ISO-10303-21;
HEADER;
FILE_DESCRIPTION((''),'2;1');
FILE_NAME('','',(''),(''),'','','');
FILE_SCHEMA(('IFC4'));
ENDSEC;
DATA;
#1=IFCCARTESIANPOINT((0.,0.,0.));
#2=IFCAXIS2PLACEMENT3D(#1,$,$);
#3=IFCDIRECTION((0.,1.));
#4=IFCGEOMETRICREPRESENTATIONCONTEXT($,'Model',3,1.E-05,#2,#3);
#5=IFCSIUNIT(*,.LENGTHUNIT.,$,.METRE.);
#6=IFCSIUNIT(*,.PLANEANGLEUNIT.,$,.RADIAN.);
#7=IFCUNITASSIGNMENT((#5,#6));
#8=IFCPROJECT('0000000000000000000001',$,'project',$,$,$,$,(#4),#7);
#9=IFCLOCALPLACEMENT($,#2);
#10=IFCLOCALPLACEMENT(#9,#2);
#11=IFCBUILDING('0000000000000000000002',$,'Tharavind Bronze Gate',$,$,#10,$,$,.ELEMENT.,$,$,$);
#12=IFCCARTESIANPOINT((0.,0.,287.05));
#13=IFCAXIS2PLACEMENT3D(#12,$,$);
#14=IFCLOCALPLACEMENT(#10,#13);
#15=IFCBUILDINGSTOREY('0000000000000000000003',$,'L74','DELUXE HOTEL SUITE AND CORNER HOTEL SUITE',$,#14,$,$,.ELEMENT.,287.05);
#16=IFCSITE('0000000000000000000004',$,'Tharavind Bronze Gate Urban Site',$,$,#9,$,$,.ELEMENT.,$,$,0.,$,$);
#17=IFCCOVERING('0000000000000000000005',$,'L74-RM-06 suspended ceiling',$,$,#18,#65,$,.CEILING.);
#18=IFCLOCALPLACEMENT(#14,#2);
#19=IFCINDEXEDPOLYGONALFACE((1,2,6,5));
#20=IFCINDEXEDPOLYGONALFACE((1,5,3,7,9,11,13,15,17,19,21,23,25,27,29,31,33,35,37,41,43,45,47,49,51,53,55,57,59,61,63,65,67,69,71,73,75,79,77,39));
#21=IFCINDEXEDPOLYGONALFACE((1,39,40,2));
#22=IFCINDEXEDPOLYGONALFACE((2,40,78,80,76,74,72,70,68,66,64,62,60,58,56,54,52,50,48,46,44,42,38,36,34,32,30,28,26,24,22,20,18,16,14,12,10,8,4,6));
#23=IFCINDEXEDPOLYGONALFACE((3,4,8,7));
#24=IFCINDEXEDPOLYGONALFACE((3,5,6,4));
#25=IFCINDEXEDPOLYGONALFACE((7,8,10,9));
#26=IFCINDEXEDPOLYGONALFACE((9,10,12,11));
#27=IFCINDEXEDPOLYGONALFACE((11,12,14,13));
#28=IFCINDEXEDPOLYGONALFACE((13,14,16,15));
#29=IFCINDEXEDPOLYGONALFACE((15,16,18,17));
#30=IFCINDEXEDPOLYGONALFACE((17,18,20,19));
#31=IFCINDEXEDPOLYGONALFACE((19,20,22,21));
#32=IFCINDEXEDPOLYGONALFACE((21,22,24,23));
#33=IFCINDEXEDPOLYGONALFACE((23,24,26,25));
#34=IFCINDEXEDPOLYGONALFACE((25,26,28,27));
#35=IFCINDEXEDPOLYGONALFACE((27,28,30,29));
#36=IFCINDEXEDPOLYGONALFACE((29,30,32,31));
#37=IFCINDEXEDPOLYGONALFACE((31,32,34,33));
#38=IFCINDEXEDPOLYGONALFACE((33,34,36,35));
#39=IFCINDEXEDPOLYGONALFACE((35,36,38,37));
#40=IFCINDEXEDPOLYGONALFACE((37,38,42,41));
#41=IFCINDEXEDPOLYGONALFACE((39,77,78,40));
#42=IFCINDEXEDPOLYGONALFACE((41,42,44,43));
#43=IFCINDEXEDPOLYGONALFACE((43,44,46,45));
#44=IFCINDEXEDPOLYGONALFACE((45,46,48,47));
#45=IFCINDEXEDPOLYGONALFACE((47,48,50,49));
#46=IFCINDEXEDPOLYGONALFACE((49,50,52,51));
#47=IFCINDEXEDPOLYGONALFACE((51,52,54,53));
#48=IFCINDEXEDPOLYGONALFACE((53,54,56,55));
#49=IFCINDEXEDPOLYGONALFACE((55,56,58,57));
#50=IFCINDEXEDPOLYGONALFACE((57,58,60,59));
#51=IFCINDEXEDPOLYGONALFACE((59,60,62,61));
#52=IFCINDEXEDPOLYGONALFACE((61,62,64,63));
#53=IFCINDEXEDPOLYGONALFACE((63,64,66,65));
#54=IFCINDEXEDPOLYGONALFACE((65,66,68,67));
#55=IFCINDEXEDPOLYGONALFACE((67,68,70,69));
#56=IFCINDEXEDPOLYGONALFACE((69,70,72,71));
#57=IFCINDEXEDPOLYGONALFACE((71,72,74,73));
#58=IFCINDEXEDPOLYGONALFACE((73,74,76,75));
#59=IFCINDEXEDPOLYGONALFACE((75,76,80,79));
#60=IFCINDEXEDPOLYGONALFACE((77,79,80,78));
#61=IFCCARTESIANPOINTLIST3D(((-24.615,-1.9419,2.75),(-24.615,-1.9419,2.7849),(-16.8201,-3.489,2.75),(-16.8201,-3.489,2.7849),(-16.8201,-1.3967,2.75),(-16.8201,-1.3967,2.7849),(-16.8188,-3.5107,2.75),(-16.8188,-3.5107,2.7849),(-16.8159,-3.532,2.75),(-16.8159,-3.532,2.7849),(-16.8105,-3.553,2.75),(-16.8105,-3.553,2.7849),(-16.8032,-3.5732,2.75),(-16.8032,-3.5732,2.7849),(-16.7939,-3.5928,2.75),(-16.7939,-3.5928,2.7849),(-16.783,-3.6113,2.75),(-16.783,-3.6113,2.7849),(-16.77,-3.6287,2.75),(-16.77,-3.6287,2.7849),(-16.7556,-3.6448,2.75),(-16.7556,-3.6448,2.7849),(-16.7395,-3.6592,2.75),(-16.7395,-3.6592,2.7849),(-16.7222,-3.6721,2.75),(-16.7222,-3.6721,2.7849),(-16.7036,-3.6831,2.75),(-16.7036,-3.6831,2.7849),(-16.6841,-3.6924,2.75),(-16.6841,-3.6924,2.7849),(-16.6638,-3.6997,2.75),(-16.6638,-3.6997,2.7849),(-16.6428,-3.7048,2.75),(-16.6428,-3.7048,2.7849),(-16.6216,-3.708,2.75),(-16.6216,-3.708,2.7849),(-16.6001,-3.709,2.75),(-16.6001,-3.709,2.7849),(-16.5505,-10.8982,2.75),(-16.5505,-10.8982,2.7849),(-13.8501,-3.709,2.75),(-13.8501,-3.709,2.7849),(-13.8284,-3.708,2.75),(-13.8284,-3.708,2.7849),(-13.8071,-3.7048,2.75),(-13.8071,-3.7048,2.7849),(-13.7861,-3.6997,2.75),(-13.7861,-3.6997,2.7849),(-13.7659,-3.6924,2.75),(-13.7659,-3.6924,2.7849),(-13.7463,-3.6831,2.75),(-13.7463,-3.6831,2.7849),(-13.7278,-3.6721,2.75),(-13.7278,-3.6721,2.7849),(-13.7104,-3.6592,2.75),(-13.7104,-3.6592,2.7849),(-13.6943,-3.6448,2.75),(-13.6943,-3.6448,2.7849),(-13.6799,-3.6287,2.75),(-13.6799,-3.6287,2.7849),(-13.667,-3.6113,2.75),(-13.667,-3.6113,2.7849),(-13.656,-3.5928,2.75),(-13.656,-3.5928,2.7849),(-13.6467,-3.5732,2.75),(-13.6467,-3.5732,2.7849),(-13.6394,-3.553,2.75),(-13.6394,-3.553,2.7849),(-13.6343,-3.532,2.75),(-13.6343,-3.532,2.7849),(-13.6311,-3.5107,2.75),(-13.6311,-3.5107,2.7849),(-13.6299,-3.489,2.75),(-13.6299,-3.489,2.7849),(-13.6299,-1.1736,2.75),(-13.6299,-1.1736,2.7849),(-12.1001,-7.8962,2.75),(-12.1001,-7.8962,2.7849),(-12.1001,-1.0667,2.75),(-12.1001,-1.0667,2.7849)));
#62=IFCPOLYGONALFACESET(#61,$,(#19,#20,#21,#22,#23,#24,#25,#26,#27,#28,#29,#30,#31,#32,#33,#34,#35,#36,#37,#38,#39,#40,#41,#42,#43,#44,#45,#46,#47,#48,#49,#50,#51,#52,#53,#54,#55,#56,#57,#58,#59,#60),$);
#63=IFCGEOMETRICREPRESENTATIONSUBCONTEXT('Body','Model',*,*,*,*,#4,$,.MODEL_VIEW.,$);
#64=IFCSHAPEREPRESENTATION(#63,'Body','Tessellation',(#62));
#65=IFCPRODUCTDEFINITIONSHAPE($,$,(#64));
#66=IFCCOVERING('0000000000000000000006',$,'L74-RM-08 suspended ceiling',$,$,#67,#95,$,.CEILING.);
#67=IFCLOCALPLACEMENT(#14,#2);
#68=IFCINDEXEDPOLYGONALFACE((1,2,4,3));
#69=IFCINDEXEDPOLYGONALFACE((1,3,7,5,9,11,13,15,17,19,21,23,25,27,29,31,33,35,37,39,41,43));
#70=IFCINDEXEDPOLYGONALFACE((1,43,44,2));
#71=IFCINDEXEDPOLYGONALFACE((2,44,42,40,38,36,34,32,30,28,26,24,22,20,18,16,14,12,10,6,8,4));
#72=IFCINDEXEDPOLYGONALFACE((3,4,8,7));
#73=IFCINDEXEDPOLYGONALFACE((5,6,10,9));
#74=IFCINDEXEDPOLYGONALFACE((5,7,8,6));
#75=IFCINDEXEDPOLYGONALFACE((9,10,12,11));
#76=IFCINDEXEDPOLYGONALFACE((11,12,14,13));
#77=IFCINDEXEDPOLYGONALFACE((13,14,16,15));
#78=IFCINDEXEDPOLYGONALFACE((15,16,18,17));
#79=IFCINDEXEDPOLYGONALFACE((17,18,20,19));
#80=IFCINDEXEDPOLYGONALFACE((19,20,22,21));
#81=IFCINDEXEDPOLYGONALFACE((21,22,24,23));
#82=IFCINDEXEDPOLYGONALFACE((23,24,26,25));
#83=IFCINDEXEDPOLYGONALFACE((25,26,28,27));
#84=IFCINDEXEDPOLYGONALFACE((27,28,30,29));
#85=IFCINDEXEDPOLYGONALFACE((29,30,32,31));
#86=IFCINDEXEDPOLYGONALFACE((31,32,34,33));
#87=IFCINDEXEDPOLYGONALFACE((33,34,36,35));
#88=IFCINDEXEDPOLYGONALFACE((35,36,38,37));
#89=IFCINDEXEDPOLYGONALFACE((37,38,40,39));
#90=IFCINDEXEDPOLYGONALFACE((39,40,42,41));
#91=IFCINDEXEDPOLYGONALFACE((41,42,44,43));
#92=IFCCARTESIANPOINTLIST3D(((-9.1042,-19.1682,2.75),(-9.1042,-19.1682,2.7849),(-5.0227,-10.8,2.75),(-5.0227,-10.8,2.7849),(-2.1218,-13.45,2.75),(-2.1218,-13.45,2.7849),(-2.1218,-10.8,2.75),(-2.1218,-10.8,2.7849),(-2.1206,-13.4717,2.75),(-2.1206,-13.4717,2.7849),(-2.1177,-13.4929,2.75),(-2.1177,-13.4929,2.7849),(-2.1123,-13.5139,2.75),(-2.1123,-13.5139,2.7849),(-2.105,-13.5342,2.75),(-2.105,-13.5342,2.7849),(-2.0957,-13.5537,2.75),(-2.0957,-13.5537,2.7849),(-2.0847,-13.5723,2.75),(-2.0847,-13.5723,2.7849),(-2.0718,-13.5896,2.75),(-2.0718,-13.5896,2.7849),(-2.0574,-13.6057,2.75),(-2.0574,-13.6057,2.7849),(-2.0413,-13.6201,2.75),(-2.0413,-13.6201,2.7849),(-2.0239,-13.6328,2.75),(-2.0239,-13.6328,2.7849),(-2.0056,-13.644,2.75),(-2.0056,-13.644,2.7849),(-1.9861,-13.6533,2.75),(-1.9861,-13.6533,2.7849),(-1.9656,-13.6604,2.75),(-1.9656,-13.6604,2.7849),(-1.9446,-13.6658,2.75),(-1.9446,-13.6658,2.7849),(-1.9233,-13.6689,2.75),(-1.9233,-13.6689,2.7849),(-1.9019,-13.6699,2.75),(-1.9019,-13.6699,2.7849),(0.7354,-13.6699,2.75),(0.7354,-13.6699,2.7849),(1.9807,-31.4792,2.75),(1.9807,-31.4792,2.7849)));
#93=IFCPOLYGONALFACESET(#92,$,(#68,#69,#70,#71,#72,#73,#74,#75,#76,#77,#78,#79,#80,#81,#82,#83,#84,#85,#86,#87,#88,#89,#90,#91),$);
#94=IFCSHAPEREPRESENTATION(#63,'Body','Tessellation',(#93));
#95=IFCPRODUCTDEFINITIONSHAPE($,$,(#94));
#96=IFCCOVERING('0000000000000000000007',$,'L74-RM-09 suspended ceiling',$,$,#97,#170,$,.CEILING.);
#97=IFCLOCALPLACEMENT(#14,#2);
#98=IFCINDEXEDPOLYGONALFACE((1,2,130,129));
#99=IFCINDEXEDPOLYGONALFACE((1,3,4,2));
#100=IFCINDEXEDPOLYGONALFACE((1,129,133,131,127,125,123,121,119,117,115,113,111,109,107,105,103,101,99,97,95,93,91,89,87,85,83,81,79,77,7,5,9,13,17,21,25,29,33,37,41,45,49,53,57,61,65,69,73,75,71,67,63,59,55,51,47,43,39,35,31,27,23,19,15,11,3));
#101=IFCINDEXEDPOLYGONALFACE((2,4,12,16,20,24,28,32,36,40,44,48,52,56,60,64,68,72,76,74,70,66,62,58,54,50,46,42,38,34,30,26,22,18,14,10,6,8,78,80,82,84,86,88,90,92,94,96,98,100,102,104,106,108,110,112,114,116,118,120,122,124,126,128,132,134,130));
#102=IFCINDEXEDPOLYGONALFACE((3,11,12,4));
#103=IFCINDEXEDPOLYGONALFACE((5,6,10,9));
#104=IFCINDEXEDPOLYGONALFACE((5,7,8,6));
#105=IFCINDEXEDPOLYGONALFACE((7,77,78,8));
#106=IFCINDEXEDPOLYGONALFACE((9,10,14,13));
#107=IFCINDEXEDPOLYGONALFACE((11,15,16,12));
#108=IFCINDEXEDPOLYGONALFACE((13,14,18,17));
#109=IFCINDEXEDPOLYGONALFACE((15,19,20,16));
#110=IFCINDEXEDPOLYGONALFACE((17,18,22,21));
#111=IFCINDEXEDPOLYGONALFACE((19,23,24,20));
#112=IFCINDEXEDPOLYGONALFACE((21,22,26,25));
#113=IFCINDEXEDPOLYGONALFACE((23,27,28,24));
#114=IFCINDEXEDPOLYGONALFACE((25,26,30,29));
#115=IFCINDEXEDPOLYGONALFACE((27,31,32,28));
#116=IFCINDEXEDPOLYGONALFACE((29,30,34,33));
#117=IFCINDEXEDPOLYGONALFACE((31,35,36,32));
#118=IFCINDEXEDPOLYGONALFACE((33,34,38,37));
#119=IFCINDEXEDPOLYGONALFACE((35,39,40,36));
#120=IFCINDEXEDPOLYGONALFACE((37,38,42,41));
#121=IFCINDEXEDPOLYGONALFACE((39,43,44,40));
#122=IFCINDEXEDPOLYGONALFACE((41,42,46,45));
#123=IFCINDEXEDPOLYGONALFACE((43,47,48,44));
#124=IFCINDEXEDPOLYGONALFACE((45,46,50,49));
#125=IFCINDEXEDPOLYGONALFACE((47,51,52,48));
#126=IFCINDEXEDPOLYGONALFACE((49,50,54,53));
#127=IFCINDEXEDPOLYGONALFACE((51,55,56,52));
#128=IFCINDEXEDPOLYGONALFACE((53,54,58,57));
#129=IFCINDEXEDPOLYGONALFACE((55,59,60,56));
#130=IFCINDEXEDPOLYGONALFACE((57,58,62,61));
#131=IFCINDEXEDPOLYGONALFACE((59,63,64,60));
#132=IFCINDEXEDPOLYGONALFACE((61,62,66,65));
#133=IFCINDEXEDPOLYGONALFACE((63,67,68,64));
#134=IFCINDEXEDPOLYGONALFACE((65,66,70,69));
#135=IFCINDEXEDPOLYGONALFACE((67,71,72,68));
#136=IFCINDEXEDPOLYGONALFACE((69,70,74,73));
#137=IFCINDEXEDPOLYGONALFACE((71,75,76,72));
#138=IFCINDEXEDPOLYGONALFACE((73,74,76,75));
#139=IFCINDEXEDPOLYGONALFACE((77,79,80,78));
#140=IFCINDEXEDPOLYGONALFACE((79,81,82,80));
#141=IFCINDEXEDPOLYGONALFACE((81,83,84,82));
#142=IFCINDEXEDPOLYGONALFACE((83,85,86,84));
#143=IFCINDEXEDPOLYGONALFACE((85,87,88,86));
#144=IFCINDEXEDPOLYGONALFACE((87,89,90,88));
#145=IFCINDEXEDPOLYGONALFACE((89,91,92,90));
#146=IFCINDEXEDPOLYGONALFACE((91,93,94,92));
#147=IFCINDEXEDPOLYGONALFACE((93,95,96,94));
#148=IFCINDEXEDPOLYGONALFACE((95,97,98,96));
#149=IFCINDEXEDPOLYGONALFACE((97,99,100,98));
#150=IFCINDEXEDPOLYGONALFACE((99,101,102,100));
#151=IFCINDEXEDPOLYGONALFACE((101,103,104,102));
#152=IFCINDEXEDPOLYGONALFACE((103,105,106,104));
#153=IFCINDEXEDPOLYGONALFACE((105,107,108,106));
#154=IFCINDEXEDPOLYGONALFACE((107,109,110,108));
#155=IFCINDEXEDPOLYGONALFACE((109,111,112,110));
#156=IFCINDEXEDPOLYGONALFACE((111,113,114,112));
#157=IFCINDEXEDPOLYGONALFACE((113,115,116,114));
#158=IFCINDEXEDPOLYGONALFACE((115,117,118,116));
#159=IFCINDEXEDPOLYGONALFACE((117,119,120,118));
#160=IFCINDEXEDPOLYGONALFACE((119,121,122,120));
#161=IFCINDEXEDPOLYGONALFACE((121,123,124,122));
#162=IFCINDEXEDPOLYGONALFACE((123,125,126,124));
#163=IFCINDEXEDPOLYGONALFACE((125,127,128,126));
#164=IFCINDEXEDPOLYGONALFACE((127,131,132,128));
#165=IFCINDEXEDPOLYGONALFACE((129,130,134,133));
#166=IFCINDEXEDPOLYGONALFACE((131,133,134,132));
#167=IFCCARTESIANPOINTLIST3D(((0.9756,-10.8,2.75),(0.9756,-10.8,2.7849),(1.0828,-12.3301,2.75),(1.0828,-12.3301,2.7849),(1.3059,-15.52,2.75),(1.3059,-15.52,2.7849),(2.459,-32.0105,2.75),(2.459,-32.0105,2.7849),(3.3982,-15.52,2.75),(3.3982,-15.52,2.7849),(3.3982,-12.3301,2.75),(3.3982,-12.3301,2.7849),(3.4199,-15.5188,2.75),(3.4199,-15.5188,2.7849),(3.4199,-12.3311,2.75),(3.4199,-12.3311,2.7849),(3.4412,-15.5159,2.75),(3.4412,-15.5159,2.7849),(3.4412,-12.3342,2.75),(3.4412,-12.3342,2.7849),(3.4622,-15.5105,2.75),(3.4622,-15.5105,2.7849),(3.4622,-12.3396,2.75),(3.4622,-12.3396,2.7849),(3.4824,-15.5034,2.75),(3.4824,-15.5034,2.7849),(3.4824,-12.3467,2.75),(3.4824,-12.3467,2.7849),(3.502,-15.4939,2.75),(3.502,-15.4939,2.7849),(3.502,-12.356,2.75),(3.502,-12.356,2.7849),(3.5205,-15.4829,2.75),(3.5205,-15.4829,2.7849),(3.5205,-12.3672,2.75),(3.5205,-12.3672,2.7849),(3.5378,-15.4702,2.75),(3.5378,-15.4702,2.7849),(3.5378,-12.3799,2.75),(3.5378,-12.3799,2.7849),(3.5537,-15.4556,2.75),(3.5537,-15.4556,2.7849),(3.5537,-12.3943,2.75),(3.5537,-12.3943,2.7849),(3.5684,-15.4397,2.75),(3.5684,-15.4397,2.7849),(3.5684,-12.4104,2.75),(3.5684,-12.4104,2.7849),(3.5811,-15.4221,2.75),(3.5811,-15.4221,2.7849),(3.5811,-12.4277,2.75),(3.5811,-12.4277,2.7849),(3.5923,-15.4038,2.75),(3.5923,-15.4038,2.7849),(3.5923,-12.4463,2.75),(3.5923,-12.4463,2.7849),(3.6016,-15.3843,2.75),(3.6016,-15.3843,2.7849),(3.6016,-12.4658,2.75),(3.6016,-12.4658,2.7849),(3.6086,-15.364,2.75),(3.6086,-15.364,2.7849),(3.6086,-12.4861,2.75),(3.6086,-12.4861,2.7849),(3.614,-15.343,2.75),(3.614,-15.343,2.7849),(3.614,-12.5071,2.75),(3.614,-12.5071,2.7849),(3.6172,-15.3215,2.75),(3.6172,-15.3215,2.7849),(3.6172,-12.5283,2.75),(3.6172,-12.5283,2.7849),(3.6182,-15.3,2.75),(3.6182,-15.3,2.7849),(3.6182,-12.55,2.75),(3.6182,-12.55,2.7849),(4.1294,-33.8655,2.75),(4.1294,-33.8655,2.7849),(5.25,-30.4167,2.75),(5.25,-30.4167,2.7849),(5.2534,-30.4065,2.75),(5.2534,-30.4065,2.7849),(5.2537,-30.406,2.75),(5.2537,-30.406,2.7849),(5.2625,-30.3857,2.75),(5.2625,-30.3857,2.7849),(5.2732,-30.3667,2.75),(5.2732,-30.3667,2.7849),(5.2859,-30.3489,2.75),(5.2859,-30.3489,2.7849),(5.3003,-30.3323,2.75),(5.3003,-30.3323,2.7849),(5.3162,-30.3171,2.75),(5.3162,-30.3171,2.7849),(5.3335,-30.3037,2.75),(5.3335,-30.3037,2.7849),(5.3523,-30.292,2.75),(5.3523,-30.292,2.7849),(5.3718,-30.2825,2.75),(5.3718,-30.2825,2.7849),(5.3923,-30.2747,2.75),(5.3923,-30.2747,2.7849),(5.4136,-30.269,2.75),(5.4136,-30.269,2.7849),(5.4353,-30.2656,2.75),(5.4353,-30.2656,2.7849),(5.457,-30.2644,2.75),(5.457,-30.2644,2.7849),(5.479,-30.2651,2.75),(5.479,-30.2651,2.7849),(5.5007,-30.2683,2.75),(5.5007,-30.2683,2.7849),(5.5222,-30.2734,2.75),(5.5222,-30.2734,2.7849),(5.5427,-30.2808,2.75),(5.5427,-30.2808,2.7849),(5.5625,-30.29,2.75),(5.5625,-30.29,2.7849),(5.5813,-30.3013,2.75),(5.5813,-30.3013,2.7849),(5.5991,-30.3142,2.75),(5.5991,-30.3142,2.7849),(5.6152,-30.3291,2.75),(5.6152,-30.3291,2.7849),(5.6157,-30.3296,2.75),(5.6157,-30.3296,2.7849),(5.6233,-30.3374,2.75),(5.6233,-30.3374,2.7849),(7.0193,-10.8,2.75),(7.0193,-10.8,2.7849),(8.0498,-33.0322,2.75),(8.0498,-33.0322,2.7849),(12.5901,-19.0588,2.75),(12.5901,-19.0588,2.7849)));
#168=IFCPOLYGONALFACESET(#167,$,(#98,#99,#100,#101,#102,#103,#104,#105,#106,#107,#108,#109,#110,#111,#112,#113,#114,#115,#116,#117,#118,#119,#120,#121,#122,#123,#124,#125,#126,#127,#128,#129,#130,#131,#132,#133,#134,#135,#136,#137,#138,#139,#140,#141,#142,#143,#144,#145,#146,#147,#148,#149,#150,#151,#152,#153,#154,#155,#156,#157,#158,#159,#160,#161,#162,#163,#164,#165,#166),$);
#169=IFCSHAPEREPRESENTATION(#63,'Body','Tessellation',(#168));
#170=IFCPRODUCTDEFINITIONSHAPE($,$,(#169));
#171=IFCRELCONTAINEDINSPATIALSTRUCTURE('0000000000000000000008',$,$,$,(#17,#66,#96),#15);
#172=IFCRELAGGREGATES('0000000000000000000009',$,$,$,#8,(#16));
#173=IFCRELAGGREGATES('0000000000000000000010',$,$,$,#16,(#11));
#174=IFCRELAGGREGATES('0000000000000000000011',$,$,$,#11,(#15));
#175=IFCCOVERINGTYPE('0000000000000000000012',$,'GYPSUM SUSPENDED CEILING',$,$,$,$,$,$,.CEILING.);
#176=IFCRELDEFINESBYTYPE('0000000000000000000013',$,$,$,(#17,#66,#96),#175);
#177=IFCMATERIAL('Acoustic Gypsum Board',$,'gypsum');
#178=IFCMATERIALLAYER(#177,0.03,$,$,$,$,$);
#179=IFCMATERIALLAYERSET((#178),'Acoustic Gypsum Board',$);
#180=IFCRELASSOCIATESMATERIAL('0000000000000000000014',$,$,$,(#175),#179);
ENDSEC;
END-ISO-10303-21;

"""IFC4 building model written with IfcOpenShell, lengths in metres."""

from ifc_helpers import new_model, si_unit, direction, frame, origin, place, context, subcontext, project, spatial, polyline, outline, extrude, material, layer, layer_set, type_object, element, save


model = new_model("IFC4")

# Units and contexts
model_context = context("Model", 3, precision=1e-05, world=origin(), true_north=direction((0.0, 1.0)))
body_context = subcontext(model_context, "Body", "Model", "MODEL_VIEW")
ifc_project = project(units=[si_unit("LENGTHUNIT", "METRE"), si_unit("PLANEANGLEUNIT", "RADIAN")], contexts=[model_context])

# Site, building, storey
site_placement = place(None, origin())
site = spatial("IfcSite", under=ifc_project, at=site_placement, Name="Tharavind Bronze Gate Urban Site", CompositionType="ELEMENT", RefElevation=0.0)
building_placement = place(site_placement, origin())
building = spatial("IfcBuilding", under=site, at=building_placement, Name="Tharavind Bronze Gate", CompositionType="ELEMENT")
storey_placement = place(building_placement, frame((0.0, 0.0, 287.05)))
storey = spatial("IfcBuildingStorey", under=building, at=storey_placement, Name="L74", Description="DELUXE HOTEL SUITE AND CORNER HOTEL SUITE", CompositionType="ELEMENT", Elevation=287.05)

# Coverings
ifc_material_1 = material(Name="Acoustic Gypsum Board", Category="gypsum")
ifc_layer_1 = layer(ifc_material_1, 0.03)
ifc_layer_set_1 = layer_set([ifc_layer_1], Name="Acoustic Gypsum Board")
covering_type_1 = type_object("IfcCoveringType", Name="GYPSUM SUSPENDED CEILING", PredefinedType="CEILING", material=ifc_layer_set_1)
covering_1_placement = place(storey_placement, frame((0.0, 0.0, 2.75)))
element("IfcCovering", 1, at=covering_1_placement, inside=storey, type_object=covering_type_1, Name="L74-RM-06 suspended ceiling", PredefinedType="CEILING", context=body_context, shape_type="SweptSolid", body=[
    extrude(outline(polyline([(-16.5505, -10.8982), (-12.1001, -7.8962), (-12.1001, -1.0667), (-13.6299, -1.1736), (-13.6299, -3.489), (-13.6311, -3.5107), (-13.6343, -3.532), (-13.6394, -3.553), (-13.6467, -3.5732), (-13.656, -3.5928), (-13.667, -3.6113), (-13.6799, -3.6287), (-13.6943, -3.6448), (-13.7104, -3.6592), (-13.7278, -3.6721), (-13.7463, -3.6831), (-13.7659, -3.6924), (-13.7861, -3.6997), (-13.8071, -3.7048), (-13.8284, -3.708), (-13.8501, -3.709), (-16.6001, -3.709), (-16.6216, -3.708), (-16.6428, -3.7048), (-16.6638, -3.6997), (-16.6841, -3.6924), (-16.7036, -3.6831), (-16.7222, -3.6721), (-16.7395, -3.6592), (-16.7556, -3.6448), (-16.77, -3.6287), (-16.783, -3.6113), (-16.7939, -3.5928), (-16.8032, -3.5732), (-16.8105, -3.553), (-16.8159, -3.532), (-16.8188, -3.5107), (-16.8201, -3.489), (-16.8201, -1.3967), (-24.615, -1.9419), (-16.5505, -10.8982)])), origin(), (0.0, 0.0, 1.0), 0.0349),
])
covering_2_placement = place(storey_placement, frame((0.0, 0.0, 2.75)))
element("IfcCovering", 2, at=covering_2_placement, inside=storey, type_object=covering_type_1, Name="L74-RM-08 suspended ceiling", PredefinedType="CEILING", context=body_context, shape_type="SweptSolid", body=[
    extrude(outline(polyline([(1.9807, -31.4792), (0.7354, -13.6699), (-1.9019, -13.6699), (-1.9233, -13.6689), (-1.9446, -13.6658), (-1.9656, -13.6604), (-1.9861, -13.6533), (-2.0056, -13.644), (-2.0239, -13.6328), (-2.0413, -13.6201), (-2.0574, -13.6057), (-2.0718, -13.5896), (-2.0847, -13.5723), (-2.0957, -13.5537), (-2.105, -13.5342), (-2.1123, -13.5139), (-2.1177, -13.4929), (-2.1206, -13.4717), (-2.1218, -13.45), (-2.1218, -10.8), (-5.0227, -10.8), (-9.1042, -19.1682), (1.9807, -31.4792)])), origin(), (0.0, 0.0, 1.0), 0.0349),
])
covering_3_placement = place(storey_placement, frame((0.0, 0.0, 2.75)))
element("IfcCovering", 3, at=covering_3_placement, inside=storey, type_object=covering_type_1, Name="L74-RM-09 suspended ceiling", PredefinedType="CEILING", context=body_context, shape_type="SweptSolid", body=[
    extrude(outline(polyline([(1.0828, -12.3301), (3.3982, -12.3301), (3.4199, -12.3311), (3.4412, -12.3342), (3.4622, -12.3396), (3.4824, -12.3467), (3.502, -12.356), (3.5205, -12.3672), (3.5378, -12.3799), (3.5537, -12.3943), (3.5684, -12.4104), (3.5811, -12.4277), (3.5923, -12.4463), (3.6016, -12.4658), (3.6086, -12.4861), (3.614, -12.5071), (3.6172, -12.5283), (3.6182, -12.55), (3.6182, -15.3), (3.6172, -15.3215), (3.614, -15.343), (3.6086, -15.364), (3.6016, -15.3843), (3.5923, -15.4038), (3.5811, -15.4221), (3.5684, -15.4397), (3.5537, -15.4556), (3.5378, -15.4702), (3.5205, -15.4829), (3.502, -15.4939), (3.4824, -15.5034), (3.4622, -15.5105), (3.4412, -15.5159), (3.4199, -15.5188), (3.3982, -15.52), (1.3059, -15.52), (2.459, -32.0105), (4.1294, -33.8655), (5.25, -30.4167), (5.2534, -30.4065), (5.2537, -30.406), (5.2625, -30.3857), (5.2732, -30.3667), (5.2859, -30.3489), (5.3003, -30.3323), (5.3162, -30.3171), (5.3335, -30.3037), (5.3523, -30.292), (5.3718, -30.2825), (5.3923, -30.2747), (5.4136, -30.269), (5.4353, -30.2656), (5.457, -30.2644), (5.479, -30.2651), (5.5007, -30.2683), (5.5222, -30.2734), (5.5427, -30.2808), (5.5625, -30.29), (5.5813, -30.3013), (5.5991, -30.3142), (5.6152, -30.3291), (5.6157, -30.3296), (5.6233, -30.3374), (8.0498, -33.0322), (12.5901, -19.0588), (7.0193, -10.8), (0.9756, -10.8), (1.0828, -12.3301)])), origin(), (0.0, 0.0, 1.0), 0.0349),
])

save(model, "model.ifc")
